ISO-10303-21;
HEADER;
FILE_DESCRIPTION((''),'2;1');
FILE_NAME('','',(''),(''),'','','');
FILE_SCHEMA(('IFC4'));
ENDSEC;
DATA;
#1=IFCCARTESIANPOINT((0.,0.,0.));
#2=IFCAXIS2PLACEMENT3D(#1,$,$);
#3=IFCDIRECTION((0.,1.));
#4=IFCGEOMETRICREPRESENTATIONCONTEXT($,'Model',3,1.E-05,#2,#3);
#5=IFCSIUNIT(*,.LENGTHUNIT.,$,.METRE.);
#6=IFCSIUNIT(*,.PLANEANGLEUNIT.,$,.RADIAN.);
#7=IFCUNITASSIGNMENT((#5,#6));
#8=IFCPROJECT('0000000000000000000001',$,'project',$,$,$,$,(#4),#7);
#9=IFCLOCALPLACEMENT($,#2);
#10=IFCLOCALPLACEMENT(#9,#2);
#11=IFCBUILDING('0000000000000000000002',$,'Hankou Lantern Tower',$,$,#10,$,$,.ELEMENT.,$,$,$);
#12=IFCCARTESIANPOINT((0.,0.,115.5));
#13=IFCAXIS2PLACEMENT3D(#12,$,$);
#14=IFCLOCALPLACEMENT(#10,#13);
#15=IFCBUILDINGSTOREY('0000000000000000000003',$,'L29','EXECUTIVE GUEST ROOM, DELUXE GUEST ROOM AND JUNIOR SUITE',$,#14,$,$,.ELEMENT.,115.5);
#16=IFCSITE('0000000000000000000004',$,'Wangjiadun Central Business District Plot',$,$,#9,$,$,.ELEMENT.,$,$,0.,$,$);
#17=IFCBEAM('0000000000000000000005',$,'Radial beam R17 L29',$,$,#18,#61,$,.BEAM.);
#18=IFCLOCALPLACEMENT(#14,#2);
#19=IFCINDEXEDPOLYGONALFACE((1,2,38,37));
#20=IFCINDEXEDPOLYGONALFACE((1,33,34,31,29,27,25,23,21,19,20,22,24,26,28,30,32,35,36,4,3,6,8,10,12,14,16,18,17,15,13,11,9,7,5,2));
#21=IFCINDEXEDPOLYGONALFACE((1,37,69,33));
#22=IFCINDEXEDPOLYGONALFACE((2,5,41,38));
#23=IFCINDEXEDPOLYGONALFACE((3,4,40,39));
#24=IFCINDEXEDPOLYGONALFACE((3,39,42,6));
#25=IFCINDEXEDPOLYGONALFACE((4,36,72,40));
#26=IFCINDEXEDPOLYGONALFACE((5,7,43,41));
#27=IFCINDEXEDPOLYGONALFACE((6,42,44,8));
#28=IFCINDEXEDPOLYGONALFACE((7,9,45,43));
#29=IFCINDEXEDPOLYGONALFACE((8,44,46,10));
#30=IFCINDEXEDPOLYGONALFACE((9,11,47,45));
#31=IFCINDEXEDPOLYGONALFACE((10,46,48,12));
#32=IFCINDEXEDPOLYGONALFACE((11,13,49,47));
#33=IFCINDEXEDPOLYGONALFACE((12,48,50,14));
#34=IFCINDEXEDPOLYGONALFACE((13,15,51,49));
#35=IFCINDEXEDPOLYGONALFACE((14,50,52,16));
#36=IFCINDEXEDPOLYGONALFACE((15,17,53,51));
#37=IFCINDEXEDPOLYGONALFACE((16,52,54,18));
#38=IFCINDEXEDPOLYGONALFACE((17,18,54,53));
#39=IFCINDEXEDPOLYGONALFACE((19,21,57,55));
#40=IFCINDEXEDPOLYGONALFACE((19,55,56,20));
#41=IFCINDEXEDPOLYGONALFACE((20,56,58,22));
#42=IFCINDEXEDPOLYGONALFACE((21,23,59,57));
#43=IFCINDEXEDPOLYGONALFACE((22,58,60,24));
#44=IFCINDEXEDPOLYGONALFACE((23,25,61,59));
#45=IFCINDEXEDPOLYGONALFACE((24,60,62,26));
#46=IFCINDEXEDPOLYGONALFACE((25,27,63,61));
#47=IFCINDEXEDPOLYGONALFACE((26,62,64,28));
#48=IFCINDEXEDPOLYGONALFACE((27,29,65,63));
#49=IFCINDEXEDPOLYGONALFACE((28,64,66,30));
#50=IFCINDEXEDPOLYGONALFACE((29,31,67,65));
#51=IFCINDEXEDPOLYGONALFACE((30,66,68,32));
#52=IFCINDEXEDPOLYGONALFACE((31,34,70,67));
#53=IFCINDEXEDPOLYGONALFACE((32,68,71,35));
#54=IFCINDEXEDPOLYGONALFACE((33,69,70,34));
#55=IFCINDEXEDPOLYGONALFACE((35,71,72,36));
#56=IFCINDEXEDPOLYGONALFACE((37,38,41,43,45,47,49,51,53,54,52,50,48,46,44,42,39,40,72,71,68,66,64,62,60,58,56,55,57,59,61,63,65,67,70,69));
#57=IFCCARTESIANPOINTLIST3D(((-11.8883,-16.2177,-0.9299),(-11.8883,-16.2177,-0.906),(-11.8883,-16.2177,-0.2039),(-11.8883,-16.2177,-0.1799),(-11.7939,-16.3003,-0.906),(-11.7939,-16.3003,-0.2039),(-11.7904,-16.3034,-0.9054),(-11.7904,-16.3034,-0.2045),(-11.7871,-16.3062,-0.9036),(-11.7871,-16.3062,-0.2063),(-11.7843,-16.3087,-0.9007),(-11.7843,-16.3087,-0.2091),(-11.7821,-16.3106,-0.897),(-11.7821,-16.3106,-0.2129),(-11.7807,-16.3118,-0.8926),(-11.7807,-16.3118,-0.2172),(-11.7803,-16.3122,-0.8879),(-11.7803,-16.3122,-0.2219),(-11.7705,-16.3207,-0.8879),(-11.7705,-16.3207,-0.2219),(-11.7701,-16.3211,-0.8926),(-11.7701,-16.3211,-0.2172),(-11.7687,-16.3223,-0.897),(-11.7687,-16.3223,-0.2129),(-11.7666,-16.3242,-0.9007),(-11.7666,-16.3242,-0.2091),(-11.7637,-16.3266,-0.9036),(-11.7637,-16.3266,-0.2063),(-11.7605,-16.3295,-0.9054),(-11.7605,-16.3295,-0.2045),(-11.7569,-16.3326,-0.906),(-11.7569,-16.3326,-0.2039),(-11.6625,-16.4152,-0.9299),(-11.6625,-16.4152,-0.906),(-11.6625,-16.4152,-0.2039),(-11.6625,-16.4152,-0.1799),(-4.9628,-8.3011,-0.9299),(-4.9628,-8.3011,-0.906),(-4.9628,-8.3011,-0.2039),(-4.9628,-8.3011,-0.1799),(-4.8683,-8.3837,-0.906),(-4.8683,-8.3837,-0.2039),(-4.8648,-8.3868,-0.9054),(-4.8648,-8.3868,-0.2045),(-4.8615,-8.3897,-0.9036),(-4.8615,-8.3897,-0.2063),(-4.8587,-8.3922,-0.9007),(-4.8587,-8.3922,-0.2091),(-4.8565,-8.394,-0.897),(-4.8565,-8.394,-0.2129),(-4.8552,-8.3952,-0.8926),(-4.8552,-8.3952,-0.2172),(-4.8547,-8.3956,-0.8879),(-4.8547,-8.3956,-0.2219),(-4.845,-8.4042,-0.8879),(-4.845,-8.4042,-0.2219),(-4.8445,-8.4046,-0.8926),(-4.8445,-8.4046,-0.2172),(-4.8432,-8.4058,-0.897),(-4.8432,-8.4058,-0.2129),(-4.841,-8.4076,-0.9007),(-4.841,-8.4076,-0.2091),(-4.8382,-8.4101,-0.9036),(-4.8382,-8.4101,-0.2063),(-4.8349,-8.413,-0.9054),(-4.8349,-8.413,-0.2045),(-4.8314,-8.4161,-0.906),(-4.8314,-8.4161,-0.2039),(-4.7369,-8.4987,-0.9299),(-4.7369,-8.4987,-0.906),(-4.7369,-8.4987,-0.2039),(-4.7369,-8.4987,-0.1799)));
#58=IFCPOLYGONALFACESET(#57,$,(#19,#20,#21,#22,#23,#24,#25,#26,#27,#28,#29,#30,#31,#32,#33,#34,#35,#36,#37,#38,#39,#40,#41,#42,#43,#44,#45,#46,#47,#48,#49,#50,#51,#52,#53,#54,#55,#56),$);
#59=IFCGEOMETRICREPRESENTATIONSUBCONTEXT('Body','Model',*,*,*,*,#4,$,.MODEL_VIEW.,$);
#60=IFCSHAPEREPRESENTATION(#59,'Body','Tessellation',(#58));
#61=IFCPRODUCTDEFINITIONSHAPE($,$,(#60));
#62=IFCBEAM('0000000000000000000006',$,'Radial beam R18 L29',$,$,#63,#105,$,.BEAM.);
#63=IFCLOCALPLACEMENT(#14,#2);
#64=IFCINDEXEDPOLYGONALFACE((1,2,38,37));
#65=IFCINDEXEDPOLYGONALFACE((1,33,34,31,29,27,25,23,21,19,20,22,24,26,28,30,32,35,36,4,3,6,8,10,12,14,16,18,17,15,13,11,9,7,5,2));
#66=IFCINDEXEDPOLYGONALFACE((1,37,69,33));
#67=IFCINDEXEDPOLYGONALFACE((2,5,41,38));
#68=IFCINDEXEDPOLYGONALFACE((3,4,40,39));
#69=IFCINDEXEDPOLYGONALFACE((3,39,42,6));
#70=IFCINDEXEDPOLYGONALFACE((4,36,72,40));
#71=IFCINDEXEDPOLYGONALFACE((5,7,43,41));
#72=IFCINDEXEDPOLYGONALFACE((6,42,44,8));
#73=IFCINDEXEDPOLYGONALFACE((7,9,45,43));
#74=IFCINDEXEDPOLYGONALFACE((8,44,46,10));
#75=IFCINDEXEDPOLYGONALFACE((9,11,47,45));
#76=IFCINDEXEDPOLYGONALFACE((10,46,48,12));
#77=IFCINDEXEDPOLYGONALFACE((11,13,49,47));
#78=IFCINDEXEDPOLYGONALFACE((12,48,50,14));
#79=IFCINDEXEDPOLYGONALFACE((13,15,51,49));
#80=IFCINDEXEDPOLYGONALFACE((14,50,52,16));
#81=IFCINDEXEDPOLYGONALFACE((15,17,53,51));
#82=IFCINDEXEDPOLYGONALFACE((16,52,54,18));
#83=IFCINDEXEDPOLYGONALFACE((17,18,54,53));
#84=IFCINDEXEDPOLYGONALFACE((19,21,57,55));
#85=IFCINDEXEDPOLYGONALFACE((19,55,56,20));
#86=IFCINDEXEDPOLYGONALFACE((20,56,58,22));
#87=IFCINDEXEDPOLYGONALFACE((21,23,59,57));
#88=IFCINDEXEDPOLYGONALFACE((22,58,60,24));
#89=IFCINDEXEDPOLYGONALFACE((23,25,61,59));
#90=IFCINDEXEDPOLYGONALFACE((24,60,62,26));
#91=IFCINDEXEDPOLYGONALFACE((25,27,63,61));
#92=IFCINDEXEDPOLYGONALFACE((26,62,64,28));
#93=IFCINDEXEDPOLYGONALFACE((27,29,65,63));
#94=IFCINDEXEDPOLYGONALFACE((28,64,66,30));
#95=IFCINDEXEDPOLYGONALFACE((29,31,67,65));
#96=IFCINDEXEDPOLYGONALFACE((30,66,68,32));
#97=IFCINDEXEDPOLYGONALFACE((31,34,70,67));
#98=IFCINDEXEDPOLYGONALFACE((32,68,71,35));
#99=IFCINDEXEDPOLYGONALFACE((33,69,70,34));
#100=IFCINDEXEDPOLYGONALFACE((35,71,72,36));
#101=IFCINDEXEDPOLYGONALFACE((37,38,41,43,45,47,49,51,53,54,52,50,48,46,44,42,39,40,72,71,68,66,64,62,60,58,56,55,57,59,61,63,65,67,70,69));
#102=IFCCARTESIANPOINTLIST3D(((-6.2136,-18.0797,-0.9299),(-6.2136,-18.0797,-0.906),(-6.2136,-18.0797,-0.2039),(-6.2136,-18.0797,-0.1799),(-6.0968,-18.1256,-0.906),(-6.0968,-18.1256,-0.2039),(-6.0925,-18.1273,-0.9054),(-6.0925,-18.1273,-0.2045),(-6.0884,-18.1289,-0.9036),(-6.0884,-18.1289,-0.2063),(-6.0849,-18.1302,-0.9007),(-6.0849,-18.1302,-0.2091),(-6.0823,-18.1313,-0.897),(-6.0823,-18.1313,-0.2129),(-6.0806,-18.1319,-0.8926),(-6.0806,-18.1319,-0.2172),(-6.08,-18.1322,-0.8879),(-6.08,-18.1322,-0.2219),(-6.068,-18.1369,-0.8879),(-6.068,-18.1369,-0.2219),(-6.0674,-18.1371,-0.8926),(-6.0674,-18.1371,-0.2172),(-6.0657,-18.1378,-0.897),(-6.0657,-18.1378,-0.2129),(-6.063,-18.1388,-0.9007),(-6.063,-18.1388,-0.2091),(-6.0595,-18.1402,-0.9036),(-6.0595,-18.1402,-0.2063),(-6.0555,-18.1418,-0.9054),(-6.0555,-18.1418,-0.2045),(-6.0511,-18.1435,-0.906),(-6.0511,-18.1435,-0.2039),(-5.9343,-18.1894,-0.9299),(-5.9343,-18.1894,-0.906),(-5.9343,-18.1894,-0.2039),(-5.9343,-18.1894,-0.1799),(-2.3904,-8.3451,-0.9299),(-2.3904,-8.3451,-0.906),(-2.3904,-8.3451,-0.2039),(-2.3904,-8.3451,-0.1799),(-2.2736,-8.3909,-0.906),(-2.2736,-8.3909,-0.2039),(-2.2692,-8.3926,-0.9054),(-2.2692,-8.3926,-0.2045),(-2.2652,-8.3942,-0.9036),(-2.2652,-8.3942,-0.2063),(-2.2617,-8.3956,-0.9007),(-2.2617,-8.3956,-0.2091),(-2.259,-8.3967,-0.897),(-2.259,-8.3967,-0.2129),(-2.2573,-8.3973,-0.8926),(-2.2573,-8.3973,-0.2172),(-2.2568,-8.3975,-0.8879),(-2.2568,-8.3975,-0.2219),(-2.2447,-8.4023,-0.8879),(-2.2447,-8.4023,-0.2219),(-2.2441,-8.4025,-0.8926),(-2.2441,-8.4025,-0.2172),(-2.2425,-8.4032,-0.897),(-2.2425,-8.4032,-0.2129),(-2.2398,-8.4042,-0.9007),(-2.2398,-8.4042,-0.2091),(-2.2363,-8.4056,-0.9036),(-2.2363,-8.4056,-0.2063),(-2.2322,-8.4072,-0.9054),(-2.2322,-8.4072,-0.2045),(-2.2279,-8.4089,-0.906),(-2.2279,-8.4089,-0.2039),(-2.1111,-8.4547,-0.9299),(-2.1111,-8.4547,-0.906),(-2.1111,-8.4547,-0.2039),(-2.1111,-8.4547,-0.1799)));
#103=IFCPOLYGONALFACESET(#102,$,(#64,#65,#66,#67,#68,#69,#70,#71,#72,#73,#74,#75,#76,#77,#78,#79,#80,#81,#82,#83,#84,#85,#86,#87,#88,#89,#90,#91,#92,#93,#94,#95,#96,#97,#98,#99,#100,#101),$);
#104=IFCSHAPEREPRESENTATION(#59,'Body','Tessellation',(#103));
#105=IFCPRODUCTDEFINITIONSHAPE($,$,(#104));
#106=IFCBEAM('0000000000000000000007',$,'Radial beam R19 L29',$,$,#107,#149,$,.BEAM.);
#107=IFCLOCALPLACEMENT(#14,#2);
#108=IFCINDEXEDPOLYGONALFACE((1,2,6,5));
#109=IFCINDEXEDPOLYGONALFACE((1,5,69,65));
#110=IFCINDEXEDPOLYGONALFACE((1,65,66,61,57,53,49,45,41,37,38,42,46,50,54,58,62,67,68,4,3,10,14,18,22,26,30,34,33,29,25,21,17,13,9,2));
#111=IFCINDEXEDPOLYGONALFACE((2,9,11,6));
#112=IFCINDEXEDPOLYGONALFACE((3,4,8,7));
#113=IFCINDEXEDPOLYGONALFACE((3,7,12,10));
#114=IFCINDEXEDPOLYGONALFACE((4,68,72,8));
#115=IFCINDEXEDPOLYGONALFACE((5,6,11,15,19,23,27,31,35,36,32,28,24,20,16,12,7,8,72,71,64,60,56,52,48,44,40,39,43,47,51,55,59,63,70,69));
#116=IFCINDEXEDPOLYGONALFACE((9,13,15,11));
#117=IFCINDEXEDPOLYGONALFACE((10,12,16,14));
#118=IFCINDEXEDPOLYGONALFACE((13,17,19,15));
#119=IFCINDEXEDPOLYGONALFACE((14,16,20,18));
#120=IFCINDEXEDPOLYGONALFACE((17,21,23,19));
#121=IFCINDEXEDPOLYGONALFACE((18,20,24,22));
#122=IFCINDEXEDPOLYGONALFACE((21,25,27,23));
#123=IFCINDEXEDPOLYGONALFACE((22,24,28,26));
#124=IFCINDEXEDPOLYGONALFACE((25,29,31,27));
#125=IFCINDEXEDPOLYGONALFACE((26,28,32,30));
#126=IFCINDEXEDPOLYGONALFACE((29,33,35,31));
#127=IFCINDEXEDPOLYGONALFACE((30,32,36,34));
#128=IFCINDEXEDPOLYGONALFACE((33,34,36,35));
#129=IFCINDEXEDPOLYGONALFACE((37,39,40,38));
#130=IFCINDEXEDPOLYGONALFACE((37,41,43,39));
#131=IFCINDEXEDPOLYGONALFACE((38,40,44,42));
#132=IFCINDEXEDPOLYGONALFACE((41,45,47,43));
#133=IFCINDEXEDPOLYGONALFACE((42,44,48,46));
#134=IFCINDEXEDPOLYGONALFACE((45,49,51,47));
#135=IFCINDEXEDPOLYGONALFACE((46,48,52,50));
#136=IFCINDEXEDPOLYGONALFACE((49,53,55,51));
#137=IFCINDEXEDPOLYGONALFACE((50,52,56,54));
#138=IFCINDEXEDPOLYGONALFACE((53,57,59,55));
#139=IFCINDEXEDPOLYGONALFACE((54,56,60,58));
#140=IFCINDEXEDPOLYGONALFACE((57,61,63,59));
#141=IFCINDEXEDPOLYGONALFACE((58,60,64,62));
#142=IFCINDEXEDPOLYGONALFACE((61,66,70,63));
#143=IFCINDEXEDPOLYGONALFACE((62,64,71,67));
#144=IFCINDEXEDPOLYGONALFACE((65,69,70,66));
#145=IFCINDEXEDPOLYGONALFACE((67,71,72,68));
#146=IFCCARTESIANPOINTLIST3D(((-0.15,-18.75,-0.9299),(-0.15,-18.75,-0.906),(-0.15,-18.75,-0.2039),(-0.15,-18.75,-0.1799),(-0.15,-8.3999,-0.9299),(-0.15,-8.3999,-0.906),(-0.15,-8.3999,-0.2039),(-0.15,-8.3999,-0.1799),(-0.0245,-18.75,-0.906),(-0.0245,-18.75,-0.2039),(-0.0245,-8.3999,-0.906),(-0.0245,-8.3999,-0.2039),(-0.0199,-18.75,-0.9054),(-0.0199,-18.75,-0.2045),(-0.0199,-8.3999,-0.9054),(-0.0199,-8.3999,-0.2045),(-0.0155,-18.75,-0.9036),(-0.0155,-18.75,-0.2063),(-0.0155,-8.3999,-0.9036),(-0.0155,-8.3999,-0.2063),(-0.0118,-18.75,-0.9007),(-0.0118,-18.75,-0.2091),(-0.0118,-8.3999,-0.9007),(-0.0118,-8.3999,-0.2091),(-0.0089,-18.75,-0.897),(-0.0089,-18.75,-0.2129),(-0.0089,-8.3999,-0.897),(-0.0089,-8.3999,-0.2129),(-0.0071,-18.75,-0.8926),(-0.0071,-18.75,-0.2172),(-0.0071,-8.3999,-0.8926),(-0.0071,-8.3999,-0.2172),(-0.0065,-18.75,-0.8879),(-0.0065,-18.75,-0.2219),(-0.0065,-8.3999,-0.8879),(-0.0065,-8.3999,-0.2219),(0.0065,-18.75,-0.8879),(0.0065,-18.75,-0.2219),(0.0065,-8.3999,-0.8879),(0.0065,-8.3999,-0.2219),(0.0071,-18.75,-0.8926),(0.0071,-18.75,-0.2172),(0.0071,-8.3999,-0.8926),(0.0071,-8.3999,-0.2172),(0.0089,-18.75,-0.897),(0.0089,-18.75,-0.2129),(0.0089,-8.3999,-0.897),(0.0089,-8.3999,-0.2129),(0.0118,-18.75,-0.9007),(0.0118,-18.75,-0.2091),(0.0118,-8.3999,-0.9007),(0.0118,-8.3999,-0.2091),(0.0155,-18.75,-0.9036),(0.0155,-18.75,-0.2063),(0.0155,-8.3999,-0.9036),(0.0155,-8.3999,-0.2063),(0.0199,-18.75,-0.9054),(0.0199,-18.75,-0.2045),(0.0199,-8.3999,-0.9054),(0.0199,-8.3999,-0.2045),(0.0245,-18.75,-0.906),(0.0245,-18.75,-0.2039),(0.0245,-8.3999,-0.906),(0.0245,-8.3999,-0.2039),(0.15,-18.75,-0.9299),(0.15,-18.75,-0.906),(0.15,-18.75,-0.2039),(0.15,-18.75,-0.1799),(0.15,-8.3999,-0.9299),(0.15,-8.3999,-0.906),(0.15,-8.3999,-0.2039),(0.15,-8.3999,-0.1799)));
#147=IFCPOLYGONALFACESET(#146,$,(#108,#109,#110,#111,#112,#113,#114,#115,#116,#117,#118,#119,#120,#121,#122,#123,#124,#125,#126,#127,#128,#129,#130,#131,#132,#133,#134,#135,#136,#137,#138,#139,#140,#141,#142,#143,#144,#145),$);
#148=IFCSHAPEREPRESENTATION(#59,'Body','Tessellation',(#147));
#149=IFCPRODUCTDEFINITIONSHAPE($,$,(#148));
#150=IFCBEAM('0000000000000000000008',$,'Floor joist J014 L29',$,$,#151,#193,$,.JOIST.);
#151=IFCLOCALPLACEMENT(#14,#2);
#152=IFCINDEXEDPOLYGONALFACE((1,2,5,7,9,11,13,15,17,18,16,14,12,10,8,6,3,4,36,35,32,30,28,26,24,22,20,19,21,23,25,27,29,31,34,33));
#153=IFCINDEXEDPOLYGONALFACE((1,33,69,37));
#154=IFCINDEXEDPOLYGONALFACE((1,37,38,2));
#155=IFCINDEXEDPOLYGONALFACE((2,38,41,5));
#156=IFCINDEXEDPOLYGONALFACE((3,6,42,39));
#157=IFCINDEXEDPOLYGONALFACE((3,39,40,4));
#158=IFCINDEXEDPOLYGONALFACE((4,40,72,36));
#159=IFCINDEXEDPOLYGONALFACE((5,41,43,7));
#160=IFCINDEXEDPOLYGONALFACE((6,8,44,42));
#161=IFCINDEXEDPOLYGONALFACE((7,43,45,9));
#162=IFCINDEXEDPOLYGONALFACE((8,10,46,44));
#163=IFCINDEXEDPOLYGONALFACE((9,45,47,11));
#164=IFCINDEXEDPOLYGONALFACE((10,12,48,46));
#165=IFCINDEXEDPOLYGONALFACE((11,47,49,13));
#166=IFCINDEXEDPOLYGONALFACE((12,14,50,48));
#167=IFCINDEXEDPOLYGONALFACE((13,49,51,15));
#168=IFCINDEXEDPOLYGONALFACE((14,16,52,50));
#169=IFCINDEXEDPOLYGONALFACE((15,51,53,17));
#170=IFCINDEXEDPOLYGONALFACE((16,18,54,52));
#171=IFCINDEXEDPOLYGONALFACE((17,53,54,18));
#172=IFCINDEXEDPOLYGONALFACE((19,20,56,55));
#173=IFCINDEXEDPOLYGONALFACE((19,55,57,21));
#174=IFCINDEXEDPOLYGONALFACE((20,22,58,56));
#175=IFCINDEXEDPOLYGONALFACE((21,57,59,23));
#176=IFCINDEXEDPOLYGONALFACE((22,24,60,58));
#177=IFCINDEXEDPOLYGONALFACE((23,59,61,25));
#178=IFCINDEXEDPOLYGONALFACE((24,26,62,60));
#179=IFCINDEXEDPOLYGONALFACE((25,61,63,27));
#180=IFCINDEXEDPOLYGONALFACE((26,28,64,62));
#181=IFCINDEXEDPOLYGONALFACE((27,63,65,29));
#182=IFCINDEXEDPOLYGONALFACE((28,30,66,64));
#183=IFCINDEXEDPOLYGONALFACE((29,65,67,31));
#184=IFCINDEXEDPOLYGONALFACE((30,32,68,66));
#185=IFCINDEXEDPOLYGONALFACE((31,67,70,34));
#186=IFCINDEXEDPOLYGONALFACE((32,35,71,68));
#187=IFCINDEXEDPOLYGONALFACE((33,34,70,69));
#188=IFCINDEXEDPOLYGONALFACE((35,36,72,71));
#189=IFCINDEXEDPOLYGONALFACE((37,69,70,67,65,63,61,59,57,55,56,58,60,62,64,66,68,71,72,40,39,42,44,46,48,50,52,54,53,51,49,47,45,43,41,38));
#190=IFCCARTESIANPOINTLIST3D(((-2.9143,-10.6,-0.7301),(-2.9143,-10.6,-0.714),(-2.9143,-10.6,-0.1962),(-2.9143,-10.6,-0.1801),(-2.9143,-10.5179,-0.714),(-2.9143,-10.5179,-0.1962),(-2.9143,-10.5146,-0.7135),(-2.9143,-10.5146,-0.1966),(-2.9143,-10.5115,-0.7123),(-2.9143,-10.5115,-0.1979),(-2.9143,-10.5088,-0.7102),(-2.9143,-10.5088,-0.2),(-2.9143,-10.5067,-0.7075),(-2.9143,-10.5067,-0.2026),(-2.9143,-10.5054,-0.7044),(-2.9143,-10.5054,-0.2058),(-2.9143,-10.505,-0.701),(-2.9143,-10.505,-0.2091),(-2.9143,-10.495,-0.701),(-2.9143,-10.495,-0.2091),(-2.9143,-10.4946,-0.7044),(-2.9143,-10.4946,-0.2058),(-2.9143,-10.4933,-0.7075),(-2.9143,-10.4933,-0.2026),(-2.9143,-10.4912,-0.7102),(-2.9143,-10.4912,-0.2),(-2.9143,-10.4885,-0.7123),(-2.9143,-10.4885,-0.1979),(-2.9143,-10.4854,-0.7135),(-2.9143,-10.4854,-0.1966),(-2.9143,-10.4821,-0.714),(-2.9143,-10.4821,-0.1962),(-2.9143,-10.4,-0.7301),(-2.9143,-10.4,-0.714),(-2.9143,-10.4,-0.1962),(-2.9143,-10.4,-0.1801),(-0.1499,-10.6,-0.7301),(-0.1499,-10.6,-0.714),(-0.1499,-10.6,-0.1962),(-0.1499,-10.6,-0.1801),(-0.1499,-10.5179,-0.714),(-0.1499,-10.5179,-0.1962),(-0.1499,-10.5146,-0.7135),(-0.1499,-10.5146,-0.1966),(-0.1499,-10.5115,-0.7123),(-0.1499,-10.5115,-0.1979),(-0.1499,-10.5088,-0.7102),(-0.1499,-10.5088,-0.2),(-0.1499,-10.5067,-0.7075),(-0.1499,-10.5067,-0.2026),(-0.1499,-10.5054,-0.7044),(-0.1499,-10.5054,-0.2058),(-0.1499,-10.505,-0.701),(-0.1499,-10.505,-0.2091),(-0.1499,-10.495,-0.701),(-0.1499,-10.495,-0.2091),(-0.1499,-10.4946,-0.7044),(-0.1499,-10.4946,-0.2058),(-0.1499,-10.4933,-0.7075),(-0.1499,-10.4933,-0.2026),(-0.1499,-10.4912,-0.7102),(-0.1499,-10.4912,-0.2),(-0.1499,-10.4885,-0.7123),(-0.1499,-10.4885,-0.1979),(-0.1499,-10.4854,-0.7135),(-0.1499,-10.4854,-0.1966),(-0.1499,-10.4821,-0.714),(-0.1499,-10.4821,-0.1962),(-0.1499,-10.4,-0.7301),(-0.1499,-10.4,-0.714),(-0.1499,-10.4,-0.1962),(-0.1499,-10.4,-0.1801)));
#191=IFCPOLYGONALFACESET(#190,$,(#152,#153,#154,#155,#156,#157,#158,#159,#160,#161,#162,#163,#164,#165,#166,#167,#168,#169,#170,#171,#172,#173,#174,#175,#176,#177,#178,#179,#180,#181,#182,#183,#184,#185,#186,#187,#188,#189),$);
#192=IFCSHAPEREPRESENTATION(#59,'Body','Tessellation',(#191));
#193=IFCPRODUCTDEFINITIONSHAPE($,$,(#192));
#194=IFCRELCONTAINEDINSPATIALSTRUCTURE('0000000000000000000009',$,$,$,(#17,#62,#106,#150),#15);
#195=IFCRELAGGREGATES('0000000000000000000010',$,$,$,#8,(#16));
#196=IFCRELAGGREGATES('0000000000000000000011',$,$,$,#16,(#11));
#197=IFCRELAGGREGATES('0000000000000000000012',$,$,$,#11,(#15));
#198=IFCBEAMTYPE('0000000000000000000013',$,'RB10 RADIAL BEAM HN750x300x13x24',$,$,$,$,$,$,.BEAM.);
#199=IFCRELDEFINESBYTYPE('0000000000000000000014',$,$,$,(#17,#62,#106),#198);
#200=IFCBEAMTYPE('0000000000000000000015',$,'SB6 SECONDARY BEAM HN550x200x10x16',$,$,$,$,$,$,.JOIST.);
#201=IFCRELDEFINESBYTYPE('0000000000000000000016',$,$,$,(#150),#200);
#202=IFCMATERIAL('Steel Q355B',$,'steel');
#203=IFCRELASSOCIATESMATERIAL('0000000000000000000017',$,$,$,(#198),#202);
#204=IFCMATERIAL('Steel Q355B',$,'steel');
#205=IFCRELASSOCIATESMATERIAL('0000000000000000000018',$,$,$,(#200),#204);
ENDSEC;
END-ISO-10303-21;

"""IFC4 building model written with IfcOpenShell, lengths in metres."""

from ifc_helpers import new_model, si_unit, direction, frame, origin, origin_2d, place, context, subcontext, project, spatial, i_section, extrude, material, material_profile, profile_set, type_object, element, save


model = new_model("IFC4")

# Units and contexts
model_context = context("Model", 3, precision=1e-05, world=origin(), true_north=direction((0.0, 1.0)))
body_context = subcontext(model_context, "Body", "Model", "MODEL_VIEW")
ifc_project = project(units=[si_unit("LENGTHUNIT", "METRE"), si_unit("PLANEANGLEUNIT", "RADIAN")], contexts=[model_context])

# Site, building, storey
site_placement = place(None, origin())
site = spatial("IfcSite", under=ifc_project, at=site_placement, Name="Wangjiadun Central Business District Plot", CompositionType="ELEMENT", RefElevation=0.0)
building_placement = place(site_placement, origin())
building = spatial("IfcBuilding", under=site, at=building_placement, Name="Hankou Lantern Tower", CompositionType="ELEMENT")
storey_placement = place(building_placement, frame((0.0, 0.0, 115.5)))
storey = spatial("IfcBuildingStorey", under=building, at=storey_placement, Name="L29", Description="EXECUTIVE GUEST ROOM, DELUXE GUEST ROOM AND JUNIOR SUITE", CompositionType="ELEMENT", Elevation=115.5)

# Beams
ifc_material_1 = material(Name="Steel Q355B", Category="steel")
ifc_material_profile_1 = material_profile(ifc_material_1, i_section(OverallWidth=0.3, OverallDepth=0.75, WebThickness=0.0129, FlangeThickness=0.0239, FilletRadius=0.0181, at=origin_2d()), Name="HN750x300x13x24")
ifc_profile_set_1 = profile_set([ifc_material_profile_1], Name="Steel Q355B")
beam_type_1 = type_object("IfcBeamType", Name="RB10 RADIAL BEAM HN750x300x13x24", PredefinedType="BEAM", material=ifc_profile_set_1)
beam_1_placement = place(storey_placement, frame((-4.8499, -8.3999, -0.5549), z_axis=(-0.658429, -0.752643, 0.0), x_axis=(0.752643, -0.658429, 0.0)))
element("IfcBeam", 1, at=beam_1_placement, inside=storey, type_object=beam_type_1, Name="Radial beam R17 L29", PredefinedType="BEAM", context=body_context, shape_type="SweptSolid", body=[
    extrude(i_section(OverallWidth=0.3, OverallDepth=0.75, WebThickness=0.0129, FlangeThickness=0.0239, FilletRadius=0.0181, at=origin_2d()), origin(), (0.0, 0.0, 1.0), 10.5183),
])
beam_2_placement = place(storey_placement, frame((-2.2507, -8.3999, -0.5549), z_axis=(-0.365564, -0.930786, 0.0), x_axis=(0.930786, -0.365564, 0.0)))
element("IfcBeam", 2, at=beam_2_placement, inside=storey, type_object=beam_type_1, Name="Radial beam R18 L29", PredefinedType="BEAM", context=body_context, shape_type="SweptSolid", body=[
    extrude(i_section(OverallWidth=0.3, OverallDepth=0.75, WebThickness=0.0129, FlangeThickness=0.0239, FilletRadius=0.0181, at=origin_2d()), origin(), (0.0, 0.0, 1.0), 10.4585),
])
beam_3_placement = place(storey_placement, frame((0.0, -8.3999, -0.5549), z_axis=(0.0, -1.0, 0.0), x_axis=(1.0, 0.0, 0.0)))
element("IfcBeam", 3, at=beam_3_placement, inside=storey, type_object=beam_type_1, Name="Radial beam R19 L29", PredefinedType="BEAM", context=body_context, shape_type="SweptSolid", body=[
    extrude(i_section(OverallWidth=0.3, OverallDepth=0.75, WebThickness=0.0129, FlangeThickness=0.0239, FilletRadius=0.0181, at=origin_2d()), origin(), (0.0, 0.0, 1.0), 10.3501),
])
ifc_material_2 = material(Name="Steel Q355B", Category="steel")
ifc_material_profile_2 = material_profile(ifc_material_2, i_section(OverallWidth=0.2, OverallDepth=0.55, WebThickness=0.01, FlangeThickness=0.0161, FilletRadius=0.0129, at=origin_2d()), Name="HN550x200x10x16")
ifc_profile_set_2 = profile_set([ifc_material_profile_2], Name="Steel Q355B")
beam_type_2 = type_object("IfcBeamType", Name="SB6 SECONDARY BEAM HN550x200x10x16", PredefinedType="JOIST", material=ifc_profile_set_2)
beam_4_placement = place(storey_placement, frame((-2.9143, -10.5, -0.4551), z_axis=(1.0, 0.0, 0.0), x_axis=(0.0, 1.0, 0.0)))
element("IfcBeam", 4, at=beam_4_placement, inside=storey, type_object=beam_type_2, Name="Floor joist J014 L29", PredefinedType="JOIST", context=body_context, shape_type="SweptSolid", body=[
    extrude(i_section(OverallWidth=0.2, OverallDepth=0.55, WebThickness=0.01, FlangeThickness=0.0161, FilletRadius=0.0129, at=origin_2d()), origin(), (0.0, 0.0, 1.0), 2.7644),
])

save(model, "model.ifc")
